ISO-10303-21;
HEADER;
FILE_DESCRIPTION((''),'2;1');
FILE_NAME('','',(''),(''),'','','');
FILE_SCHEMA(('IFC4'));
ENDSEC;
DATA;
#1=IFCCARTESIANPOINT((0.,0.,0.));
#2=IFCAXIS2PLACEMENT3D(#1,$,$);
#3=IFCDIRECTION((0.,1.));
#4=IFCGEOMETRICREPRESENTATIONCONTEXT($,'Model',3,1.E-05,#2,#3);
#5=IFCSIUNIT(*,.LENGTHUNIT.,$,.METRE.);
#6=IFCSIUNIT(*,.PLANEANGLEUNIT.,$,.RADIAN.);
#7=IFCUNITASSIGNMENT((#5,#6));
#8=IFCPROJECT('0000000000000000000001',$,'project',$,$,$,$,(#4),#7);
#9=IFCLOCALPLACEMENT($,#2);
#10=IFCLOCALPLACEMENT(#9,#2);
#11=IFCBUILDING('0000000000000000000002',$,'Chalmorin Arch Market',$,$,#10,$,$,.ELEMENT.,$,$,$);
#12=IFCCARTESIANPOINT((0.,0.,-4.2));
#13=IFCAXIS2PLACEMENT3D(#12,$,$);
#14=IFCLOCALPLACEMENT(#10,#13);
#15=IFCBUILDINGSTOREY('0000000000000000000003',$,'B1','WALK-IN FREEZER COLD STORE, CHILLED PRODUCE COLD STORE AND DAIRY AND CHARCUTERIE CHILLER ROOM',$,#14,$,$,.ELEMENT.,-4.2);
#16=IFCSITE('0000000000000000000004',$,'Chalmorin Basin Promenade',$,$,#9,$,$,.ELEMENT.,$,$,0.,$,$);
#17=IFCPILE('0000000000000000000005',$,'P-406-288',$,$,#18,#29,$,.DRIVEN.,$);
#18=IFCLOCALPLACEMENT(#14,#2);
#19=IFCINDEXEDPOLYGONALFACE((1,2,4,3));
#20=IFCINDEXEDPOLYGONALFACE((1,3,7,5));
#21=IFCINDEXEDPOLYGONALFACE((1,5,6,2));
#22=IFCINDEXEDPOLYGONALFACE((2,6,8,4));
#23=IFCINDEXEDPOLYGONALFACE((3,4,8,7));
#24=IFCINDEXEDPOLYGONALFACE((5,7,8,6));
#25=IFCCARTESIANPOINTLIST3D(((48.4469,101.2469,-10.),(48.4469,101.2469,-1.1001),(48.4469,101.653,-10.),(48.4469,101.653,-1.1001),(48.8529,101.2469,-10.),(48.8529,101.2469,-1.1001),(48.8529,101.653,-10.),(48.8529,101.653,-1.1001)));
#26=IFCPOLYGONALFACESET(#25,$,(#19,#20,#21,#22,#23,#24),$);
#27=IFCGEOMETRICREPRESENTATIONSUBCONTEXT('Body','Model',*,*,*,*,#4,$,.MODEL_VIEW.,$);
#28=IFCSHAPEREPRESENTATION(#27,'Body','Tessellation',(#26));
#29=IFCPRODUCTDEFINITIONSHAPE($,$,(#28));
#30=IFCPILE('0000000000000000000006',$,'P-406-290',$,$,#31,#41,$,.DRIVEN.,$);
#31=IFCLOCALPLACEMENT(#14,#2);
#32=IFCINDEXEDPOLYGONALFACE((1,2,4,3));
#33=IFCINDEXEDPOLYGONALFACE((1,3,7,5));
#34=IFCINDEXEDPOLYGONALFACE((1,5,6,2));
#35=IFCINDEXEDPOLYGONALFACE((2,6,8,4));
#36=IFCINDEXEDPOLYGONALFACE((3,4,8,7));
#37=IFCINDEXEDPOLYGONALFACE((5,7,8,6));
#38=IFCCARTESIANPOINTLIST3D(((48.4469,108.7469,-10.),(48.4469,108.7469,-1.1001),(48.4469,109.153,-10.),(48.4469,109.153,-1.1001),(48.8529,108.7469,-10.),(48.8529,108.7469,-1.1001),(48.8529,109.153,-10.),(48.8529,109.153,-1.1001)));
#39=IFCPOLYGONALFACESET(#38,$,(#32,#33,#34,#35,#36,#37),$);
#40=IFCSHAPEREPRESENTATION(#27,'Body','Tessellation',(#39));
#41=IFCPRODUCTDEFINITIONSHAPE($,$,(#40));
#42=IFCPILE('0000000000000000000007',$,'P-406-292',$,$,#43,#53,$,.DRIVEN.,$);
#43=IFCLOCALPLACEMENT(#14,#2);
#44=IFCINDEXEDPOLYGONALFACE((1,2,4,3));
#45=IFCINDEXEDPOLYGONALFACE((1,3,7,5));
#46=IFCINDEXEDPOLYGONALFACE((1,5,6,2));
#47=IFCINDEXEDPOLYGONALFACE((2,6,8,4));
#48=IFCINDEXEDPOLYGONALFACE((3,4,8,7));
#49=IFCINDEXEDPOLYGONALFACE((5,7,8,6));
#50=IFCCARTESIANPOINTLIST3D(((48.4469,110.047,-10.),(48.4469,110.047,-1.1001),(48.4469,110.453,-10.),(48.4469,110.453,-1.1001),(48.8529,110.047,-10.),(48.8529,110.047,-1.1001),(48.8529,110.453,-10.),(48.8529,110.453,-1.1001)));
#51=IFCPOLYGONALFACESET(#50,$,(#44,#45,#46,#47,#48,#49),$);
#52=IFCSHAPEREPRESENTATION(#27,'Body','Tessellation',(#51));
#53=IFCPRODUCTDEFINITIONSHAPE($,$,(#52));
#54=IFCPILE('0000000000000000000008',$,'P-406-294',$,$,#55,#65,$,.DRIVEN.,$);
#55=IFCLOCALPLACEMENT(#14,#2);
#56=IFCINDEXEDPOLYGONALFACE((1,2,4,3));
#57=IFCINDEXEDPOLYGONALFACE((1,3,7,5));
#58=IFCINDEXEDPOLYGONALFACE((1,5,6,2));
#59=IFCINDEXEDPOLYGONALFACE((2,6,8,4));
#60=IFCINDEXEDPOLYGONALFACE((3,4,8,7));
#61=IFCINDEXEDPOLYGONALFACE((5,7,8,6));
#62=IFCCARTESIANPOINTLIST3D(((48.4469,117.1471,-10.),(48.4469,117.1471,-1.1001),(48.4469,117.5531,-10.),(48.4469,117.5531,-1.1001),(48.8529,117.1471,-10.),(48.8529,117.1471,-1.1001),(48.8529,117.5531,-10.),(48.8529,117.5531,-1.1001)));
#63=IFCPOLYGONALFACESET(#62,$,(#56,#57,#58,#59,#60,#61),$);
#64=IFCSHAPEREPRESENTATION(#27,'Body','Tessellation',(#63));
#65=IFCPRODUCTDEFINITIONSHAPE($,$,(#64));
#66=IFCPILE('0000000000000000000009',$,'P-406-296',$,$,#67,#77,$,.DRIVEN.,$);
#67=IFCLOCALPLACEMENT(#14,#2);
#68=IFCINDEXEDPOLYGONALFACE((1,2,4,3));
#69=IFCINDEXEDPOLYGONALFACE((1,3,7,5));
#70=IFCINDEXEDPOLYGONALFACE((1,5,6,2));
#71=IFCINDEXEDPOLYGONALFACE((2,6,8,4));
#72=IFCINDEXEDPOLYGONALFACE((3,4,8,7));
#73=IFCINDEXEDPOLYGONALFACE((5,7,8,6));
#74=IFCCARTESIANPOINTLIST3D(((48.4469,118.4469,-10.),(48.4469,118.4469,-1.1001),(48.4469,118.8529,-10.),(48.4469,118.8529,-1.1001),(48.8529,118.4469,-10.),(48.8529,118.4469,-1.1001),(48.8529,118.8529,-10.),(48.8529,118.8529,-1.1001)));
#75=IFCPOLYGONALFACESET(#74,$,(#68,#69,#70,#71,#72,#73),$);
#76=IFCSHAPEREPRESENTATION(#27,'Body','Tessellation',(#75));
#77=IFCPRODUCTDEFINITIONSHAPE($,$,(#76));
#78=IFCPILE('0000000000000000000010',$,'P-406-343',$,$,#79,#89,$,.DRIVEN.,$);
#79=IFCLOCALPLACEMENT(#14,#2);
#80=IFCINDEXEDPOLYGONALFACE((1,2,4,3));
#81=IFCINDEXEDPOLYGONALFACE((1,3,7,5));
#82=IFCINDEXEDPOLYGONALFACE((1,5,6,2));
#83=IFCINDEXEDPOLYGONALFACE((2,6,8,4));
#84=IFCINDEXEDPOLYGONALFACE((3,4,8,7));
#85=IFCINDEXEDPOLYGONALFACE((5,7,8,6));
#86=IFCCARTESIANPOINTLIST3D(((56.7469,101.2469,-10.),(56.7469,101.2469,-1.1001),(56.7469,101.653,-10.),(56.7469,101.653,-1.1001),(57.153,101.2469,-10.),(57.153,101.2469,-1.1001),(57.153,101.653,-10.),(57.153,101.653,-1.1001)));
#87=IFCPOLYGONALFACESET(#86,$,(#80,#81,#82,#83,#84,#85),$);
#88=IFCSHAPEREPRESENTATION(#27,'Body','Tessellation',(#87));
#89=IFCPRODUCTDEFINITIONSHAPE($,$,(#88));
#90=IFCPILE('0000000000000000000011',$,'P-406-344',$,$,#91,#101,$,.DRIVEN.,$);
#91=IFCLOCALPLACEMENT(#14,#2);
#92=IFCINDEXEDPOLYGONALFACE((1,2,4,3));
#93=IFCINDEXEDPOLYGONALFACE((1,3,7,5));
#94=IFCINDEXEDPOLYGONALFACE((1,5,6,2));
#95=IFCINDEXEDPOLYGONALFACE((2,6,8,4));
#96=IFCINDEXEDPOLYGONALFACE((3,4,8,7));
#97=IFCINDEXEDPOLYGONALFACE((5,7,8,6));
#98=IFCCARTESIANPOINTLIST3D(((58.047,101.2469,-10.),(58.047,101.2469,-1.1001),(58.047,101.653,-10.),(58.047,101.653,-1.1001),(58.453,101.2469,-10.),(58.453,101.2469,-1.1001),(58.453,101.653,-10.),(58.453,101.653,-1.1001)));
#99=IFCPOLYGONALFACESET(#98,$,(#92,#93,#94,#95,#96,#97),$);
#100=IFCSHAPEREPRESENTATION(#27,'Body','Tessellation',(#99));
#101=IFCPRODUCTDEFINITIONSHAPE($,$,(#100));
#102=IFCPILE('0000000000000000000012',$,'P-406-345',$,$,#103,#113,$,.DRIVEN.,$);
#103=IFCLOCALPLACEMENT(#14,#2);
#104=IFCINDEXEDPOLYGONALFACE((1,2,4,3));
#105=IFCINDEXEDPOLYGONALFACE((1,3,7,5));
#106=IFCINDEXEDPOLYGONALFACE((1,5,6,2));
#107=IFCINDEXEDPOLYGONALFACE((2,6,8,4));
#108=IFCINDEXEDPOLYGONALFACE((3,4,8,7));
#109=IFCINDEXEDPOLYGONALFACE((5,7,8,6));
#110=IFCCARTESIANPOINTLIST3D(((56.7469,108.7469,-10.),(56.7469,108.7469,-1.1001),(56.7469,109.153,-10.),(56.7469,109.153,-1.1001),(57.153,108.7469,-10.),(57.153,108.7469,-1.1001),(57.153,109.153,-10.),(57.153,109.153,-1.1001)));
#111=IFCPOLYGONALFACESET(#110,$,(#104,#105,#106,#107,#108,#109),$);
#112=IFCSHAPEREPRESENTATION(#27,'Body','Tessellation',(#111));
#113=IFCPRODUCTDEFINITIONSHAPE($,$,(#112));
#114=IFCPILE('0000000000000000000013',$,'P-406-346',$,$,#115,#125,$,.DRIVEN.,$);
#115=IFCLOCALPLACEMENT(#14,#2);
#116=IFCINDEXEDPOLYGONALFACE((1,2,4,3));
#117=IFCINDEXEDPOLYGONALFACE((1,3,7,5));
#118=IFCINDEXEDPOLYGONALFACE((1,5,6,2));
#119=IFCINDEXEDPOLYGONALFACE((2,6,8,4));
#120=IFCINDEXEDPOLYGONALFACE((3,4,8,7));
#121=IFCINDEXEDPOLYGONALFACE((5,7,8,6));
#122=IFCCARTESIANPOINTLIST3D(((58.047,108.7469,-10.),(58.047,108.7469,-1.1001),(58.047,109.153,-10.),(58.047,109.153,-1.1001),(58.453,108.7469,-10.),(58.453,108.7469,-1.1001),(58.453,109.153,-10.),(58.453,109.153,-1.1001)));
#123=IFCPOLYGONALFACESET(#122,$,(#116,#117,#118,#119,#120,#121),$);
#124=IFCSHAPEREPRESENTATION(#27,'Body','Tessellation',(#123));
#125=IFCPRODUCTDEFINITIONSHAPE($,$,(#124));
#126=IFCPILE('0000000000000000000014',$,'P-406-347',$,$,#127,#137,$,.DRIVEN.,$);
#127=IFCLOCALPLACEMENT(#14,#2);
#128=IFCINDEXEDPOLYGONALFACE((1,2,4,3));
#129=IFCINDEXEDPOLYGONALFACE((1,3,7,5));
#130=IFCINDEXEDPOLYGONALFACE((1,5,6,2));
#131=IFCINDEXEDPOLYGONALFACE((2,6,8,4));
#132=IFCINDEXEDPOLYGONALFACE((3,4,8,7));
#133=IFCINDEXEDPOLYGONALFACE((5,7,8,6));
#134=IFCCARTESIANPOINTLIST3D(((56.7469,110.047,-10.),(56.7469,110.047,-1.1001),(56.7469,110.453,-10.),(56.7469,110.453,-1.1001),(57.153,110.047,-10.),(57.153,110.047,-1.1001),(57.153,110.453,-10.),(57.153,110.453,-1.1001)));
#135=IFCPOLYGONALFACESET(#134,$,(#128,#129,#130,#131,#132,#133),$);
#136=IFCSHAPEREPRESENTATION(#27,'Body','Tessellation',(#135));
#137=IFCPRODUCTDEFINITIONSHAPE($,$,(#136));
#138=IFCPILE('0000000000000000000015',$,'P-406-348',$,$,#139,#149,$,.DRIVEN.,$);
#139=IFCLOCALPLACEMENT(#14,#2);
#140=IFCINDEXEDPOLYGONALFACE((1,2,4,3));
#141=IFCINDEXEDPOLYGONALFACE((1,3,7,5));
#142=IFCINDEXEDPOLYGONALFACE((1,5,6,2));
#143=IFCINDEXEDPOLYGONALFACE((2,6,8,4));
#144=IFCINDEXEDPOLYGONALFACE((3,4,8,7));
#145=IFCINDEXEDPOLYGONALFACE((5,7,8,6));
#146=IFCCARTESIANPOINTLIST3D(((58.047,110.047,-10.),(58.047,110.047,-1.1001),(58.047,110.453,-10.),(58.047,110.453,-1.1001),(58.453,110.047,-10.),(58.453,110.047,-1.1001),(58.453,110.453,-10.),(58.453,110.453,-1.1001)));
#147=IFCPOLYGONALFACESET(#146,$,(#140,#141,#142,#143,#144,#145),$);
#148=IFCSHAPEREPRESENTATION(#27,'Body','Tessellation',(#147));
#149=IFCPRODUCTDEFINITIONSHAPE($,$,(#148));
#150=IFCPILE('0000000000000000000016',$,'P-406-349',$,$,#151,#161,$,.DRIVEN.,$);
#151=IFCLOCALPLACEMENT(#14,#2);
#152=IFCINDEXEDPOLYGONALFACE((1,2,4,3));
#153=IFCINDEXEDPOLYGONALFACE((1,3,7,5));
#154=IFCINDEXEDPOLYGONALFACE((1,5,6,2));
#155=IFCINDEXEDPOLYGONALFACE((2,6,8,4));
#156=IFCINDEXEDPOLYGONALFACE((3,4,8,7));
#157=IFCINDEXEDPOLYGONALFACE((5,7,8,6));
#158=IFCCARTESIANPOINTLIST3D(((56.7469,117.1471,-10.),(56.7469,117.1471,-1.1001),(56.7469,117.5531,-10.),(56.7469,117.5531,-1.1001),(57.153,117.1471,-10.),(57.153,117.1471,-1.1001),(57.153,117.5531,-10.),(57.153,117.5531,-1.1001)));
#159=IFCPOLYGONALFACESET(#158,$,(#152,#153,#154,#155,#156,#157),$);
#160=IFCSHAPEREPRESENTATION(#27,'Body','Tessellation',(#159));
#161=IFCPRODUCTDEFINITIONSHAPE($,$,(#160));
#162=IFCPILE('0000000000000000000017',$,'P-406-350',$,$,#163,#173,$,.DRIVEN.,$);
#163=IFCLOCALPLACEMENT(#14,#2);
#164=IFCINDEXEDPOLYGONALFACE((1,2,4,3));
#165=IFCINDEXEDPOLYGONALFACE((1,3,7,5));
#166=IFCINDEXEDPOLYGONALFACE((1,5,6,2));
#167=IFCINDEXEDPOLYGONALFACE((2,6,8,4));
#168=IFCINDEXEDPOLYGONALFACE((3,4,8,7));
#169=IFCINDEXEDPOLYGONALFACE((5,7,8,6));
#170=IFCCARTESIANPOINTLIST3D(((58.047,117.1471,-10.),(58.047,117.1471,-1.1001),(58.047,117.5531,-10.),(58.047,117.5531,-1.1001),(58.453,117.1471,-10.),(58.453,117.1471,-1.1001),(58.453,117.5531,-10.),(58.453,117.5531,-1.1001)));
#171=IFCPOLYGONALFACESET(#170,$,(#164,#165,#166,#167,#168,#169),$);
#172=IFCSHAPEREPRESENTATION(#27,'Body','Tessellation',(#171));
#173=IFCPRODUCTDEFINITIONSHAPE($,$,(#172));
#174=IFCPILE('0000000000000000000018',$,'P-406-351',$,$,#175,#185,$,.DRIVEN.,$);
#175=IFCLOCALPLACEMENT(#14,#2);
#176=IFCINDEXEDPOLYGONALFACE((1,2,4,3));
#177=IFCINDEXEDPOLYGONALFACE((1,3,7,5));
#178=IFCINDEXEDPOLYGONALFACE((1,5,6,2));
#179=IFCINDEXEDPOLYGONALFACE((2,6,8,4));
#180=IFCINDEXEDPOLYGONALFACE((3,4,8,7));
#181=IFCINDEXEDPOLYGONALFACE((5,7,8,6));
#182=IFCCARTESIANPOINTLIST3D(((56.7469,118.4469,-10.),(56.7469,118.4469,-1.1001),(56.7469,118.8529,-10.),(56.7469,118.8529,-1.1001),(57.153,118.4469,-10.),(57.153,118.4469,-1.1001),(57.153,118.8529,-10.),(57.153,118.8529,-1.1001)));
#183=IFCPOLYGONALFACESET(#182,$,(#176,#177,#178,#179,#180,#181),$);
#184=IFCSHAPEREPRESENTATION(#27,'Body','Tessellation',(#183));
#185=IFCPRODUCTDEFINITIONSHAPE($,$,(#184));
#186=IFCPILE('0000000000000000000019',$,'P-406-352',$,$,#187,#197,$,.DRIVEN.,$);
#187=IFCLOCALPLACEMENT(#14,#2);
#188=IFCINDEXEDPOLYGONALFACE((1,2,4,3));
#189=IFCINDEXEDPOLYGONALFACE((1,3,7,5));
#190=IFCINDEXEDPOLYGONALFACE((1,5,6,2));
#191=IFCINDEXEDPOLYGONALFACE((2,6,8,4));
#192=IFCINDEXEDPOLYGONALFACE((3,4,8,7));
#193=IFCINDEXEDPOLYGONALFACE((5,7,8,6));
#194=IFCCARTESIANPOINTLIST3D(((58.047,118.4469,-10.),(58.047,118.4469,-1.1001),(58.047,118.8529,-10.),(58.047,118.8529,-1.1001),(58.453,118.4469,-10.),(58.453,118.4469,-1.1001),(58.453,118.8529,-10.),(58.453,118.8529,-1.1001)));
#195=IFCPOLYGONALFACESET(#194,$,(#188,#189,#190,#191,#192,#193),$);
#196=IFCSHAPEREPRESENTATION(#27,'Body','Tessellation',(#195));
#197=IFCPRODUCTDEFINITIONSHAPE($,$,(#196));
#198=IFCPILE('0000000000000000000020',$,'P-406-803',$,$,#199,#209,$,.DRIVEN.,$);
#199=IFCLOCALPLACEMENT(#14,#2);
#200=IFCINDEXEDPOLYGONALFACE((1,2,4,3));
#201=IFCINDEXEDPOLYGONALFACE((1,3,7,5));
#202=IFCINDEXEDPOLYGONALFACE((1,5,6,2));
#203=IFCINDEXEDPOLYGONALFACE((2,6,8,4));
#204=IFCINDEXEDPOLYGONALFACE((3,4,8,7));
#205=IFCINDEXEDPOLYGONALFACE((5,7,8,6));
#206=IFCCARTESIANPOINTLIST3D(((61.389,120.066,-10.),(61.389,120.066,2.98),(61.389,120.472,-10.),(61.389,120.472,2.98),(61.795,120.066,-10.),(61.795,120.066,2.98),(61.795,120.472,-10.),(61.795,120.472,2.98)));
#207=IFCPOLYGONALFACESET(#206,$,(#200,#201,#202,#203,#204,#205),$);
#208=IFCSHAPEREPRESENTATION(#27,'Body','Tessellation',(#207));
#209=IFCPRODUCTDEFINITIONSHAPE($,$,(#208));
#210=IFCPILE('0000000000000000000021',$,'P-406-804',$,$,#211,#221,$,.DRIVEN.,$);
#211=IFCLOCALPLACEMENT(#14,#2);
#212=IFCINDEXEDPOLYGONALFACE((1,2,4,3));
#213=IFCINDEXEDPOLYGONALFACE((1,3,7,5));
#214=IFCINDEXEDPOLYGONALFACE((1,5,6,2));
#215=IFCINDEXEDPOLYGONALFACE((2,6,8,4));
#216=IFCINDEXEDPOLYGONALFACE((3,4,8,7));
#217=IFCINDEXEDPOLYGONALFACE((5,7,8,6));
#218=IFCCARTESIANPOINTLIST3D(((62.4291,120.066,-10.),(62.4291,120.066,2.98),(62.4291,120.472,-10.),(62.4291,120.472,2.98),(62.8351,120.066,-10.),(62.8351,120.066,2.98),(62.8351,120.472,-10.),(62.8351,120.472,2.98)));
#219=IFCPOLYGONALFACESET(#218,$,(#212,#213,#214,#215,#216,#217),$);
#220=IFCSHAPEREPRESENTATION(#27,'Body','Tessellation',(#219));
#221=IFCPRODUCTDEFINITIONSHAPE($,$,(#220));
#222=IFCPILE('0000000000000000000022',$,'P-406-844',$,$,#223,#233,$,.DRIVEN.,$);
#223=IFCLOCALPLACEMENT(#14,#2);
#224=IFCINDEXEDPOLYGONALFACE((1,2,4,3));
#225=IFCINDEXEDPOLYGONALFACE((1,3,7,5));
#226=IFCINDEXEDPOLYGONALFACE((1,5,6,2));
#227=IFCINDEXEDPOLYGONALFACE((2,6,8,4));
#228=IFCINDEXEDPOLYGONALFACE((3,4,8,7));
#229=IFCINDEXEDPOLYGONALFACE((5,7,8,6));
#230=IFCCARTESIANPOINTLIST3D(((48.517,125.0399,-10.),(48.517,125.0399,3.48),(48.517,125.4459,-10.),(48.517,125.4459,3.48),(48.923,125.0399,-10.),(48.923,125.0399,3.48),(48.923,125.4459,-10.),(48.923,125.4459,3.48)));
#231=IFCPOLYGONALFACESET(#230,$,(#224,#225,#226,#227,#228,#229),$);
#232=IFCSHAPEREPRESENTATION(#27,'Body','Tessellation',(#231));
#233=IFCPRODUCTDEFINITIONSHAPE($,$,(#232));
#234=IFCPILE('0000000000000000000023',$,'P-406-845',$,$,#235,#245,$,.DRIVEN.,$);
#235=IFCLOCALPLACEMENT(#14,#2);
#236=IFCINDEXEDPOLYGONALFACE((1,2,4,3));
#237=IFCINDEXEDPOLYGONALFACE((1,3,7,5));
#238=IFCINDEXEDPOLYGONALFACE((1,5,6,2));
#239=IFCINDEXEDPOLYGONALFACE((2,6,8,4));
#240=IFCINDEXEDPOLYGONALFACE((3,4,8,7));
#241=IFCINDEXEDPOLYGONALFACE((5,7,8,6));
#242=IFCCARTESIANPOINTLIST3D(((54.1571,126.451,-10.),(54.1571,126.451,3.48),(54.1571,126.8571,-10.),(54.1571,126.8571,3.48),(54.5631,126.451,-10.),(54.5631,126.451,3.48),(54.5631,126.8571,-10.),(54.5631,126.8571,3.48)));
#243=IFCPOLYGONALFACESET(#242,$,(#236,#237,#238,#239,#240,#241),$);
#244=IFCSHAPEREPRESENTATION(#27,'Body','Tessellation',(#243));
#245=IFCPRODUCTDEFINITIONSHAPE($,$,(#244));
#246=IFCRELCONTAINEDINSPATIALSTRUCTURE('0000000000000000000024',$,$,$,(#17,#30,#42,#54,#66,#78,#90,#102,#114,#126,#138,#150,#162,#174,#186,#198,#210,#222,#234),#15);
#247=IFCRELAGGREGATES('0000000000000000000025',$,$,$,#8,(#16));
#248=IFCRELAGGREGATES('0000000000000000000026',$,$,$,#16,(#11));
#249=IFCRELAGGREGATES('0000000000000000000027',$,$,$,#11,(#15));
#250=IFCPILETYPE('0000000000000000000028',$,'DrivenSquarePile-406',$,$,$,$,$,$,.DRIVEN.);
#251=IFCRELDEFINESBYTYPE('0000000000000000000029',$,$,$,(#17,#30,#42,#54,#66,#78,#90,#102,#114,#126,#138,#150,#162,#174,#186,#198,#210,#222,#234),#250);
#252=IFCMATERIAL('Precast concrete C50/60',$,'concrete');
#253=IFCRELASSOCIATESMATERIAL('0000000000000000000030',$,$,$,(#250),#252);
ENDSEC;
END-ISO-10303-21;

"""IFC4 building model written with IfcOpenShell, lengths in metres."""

from ifc_helpers import new_model, si_unit, direction, frame, origin, origin_2d, place, context, subcontext, project, spatial, rectangle, extrude, material, material_profile, profile_set, type_object, element, save


model = new_model("IFC4")

# Units and contexts
model_context = context("Model", 3, precision=1e-05, world=origin(), true_north=direction((0.0, 1.0)))
body_context = subcontext(model_context, "Body", "Model", "MODEL_VIEW")
ifc_project = project(units=[si_unit("LENGTHUNIT", "METRE"), si_unit("PLANEANGLEUNIT", "RADIAN")], contexts=[model_context])

# Site, building, storey
site_placement = place(None, origin())
site = spatial("IfcSite", under=ifc_project, at=site_placement, Name="Chalmorin Basin Promenade", CompositionType="ELEMENT", RefElevation=0.0)
building_placement = place(site_placement, origin())
building = spatial("IfcBuilding", under=site, at=building_placement, Name="Chalmorin Arch Market", CompositionType="ELEMENT")
storey_placement = place(building_placement, frame((0.0, 0.0, -4.2)))
storey = spatial("IfcBuildingStorey", under=building, at=storey_placement, Name="B1", Description="WALK-IN FREEZER COLD STORE, CHILLED PRODUCE COLD STORE AND DAIRY AND CHARCUTERIE CHILLER ROOM", CompositionType="ELEMENT", Elevation=-4.2)

# Piles
ifc_material_1 = material(Name="Precast concrete C50/60", Category="concrete")
ifc_material_profile_1 = material_profile(ifc_material_1, rectangle(XDim=0.406, YDim=0.406, at=origin_2d()), Name="PPC406")
ifc_profile_set_1 = profile_set([ifc_material_profile_1], Name="Precast concrete C50/60")
pile_type = type_object("IfcPileType", Name="DrivenSquarePile-406", PredefinedType="DRIVEN", material=ifc_profile_set_1)
for number, where, z_axis, x_axis, name in (
    (1, (48.6499, 101.45, -1.1001), (0.0, 0.0, -1.0), (1.0, 0.0, 0.0), "P-406-288"),
    (2, (48.6499, 108.95, -1.1001), (0.0, 0.0, -1.0), (1.0, 0.0, 0.0), "P-406-290"),
    (3, (48.6499, 110.25, -1.1001), (0.0, 0.0, -1.0), (1.0, 0.0, 0.0), "P-406-292"),
    (4, (48.6499, 117.3501, -1.1001), (0.0, 0.0, -1.0), (1.0, 0.0, 0.0), "P-406-294"),
    (5, (48.6499, 118.6499, -1.1001), (0.0, 0.0, -1.0), (1.0, 0.0, 0.0), "P-406-296"),
    (6, (56.95, 101.45, -1.1001), (0.0, 0.0, -1.0), (1.0, 0.0, 0.0), "P-406-343"),
    (7, (58.25, 101.45, -1.1001), (0.0, 0.0, -1.0), (1.0, 0.0, 0.0), "P-406-344"),
    (8, (56.95, 108.95, -1.1001), (0.0, 0.0, -1.0), (1.0, 0.0, 0.0), "P-406-345"),
    (9, (58.25, 108.95, -1.1001), (0.0, 0.0, -1.0), (1.0, 0.0, 0.0), "P-406-346"),
    (10, (56.95, 110.25, -1.1001), (0.0, 0.0, -1.0), (1.0, 0.0, 0.0), "P-406-347"),
    (11, (58.25, 110.25, -1.1001), (0.0, 0.0, -1.0), (1.0, 0.0, 0.0), "P-406-348"),
    (12, (56.95, 117.3501, -1.1001), (0.0, 0.0, -1.0), (1.0, 0.0, 0.0), "P-406-349"),
    (13, (58.25, 117.3501, -1.1001), (0.0, 0.0, -1.0), (1.0, 0.0, 0.0), "P-406-350"),
    (14, (56.95, 118.6499, -1.1001), (0.0, 0.0, -1.0), (1.0, 0.0, 0.0), "P-406-351"),
    (15, (58.25, 118.6499, -1.1001), (0.0, 0.0, -1.0), (1.0, 0.0, 0.0), "P-406-352"),
):
    element("IfcPile", number, at=place(storey_placement, frame(where, z_axis=z_axis, x_axis=x_axis)), inside=storey, type_object=pile_type, Name=name, PredefinedType="DRIVEN", context=body_context, shape_type="SweptSolid", body=[
        extrude(rectangle(XDim=0.406, YDim=0.406, at=origin_2d()), origin(), (0.0, 0.0, 1.0), 8.8999),
    ])
for number, where, z_axis, x_axis, name in (
    (16, (61.592, 120.269, 2.98), (0.0, 0.0, -1.0), (1.0, 0.0, 0.0), "P-406-803"),
    (17, (62.6321, 120.269, 2.98), (0.0, 0.0, -1.0), (1.0, 0.0, 0.0), "P-406-804"),
):
    element("IfcPile", number, at=place(storey_placement, frame(where, z_axis=z_axis, x_axis=x_axis)), inside=storey, type_object=pile_type, Name=name, PredefinedType="DRIVEN", context=body_context, shape_type="SweptSolid", body=[
        extrude(rectangle(XDim=0.406, YDim=0.406, at=origin_2d()), origin(), (0.0, 0.0, 1.0), 12.98),
    ])
for number, where, z_axis, x_axis, name in (
    (18, (48.72, 125.2429, 3.48), (0.0, 0.0, -1.0), (1.0, 0.0, 0.0), "P-406-844"),
    (19, (54.3601, 126.6541, 3.48), (0.0, 0.0, -1.0), (1.0, 0.0, 0.0), "P-406-845"),
):
    element("IfcPile", number, at=place(storey_placement, frame(where, z_axis=z_axis, x_axis=x_axis)), inside=storey, type_object=pile_type, Name=name, PredefinedType="DRIVEN", context=body_context, shape_type="SweptSolid", body=[
        extrude(rectangle(XDim=0.406, YDim=0.406, at=origin_2d()), origin(), (0.0, 0.0, 1.0), 13.48),
    ])

save(model, "model.ifc")
